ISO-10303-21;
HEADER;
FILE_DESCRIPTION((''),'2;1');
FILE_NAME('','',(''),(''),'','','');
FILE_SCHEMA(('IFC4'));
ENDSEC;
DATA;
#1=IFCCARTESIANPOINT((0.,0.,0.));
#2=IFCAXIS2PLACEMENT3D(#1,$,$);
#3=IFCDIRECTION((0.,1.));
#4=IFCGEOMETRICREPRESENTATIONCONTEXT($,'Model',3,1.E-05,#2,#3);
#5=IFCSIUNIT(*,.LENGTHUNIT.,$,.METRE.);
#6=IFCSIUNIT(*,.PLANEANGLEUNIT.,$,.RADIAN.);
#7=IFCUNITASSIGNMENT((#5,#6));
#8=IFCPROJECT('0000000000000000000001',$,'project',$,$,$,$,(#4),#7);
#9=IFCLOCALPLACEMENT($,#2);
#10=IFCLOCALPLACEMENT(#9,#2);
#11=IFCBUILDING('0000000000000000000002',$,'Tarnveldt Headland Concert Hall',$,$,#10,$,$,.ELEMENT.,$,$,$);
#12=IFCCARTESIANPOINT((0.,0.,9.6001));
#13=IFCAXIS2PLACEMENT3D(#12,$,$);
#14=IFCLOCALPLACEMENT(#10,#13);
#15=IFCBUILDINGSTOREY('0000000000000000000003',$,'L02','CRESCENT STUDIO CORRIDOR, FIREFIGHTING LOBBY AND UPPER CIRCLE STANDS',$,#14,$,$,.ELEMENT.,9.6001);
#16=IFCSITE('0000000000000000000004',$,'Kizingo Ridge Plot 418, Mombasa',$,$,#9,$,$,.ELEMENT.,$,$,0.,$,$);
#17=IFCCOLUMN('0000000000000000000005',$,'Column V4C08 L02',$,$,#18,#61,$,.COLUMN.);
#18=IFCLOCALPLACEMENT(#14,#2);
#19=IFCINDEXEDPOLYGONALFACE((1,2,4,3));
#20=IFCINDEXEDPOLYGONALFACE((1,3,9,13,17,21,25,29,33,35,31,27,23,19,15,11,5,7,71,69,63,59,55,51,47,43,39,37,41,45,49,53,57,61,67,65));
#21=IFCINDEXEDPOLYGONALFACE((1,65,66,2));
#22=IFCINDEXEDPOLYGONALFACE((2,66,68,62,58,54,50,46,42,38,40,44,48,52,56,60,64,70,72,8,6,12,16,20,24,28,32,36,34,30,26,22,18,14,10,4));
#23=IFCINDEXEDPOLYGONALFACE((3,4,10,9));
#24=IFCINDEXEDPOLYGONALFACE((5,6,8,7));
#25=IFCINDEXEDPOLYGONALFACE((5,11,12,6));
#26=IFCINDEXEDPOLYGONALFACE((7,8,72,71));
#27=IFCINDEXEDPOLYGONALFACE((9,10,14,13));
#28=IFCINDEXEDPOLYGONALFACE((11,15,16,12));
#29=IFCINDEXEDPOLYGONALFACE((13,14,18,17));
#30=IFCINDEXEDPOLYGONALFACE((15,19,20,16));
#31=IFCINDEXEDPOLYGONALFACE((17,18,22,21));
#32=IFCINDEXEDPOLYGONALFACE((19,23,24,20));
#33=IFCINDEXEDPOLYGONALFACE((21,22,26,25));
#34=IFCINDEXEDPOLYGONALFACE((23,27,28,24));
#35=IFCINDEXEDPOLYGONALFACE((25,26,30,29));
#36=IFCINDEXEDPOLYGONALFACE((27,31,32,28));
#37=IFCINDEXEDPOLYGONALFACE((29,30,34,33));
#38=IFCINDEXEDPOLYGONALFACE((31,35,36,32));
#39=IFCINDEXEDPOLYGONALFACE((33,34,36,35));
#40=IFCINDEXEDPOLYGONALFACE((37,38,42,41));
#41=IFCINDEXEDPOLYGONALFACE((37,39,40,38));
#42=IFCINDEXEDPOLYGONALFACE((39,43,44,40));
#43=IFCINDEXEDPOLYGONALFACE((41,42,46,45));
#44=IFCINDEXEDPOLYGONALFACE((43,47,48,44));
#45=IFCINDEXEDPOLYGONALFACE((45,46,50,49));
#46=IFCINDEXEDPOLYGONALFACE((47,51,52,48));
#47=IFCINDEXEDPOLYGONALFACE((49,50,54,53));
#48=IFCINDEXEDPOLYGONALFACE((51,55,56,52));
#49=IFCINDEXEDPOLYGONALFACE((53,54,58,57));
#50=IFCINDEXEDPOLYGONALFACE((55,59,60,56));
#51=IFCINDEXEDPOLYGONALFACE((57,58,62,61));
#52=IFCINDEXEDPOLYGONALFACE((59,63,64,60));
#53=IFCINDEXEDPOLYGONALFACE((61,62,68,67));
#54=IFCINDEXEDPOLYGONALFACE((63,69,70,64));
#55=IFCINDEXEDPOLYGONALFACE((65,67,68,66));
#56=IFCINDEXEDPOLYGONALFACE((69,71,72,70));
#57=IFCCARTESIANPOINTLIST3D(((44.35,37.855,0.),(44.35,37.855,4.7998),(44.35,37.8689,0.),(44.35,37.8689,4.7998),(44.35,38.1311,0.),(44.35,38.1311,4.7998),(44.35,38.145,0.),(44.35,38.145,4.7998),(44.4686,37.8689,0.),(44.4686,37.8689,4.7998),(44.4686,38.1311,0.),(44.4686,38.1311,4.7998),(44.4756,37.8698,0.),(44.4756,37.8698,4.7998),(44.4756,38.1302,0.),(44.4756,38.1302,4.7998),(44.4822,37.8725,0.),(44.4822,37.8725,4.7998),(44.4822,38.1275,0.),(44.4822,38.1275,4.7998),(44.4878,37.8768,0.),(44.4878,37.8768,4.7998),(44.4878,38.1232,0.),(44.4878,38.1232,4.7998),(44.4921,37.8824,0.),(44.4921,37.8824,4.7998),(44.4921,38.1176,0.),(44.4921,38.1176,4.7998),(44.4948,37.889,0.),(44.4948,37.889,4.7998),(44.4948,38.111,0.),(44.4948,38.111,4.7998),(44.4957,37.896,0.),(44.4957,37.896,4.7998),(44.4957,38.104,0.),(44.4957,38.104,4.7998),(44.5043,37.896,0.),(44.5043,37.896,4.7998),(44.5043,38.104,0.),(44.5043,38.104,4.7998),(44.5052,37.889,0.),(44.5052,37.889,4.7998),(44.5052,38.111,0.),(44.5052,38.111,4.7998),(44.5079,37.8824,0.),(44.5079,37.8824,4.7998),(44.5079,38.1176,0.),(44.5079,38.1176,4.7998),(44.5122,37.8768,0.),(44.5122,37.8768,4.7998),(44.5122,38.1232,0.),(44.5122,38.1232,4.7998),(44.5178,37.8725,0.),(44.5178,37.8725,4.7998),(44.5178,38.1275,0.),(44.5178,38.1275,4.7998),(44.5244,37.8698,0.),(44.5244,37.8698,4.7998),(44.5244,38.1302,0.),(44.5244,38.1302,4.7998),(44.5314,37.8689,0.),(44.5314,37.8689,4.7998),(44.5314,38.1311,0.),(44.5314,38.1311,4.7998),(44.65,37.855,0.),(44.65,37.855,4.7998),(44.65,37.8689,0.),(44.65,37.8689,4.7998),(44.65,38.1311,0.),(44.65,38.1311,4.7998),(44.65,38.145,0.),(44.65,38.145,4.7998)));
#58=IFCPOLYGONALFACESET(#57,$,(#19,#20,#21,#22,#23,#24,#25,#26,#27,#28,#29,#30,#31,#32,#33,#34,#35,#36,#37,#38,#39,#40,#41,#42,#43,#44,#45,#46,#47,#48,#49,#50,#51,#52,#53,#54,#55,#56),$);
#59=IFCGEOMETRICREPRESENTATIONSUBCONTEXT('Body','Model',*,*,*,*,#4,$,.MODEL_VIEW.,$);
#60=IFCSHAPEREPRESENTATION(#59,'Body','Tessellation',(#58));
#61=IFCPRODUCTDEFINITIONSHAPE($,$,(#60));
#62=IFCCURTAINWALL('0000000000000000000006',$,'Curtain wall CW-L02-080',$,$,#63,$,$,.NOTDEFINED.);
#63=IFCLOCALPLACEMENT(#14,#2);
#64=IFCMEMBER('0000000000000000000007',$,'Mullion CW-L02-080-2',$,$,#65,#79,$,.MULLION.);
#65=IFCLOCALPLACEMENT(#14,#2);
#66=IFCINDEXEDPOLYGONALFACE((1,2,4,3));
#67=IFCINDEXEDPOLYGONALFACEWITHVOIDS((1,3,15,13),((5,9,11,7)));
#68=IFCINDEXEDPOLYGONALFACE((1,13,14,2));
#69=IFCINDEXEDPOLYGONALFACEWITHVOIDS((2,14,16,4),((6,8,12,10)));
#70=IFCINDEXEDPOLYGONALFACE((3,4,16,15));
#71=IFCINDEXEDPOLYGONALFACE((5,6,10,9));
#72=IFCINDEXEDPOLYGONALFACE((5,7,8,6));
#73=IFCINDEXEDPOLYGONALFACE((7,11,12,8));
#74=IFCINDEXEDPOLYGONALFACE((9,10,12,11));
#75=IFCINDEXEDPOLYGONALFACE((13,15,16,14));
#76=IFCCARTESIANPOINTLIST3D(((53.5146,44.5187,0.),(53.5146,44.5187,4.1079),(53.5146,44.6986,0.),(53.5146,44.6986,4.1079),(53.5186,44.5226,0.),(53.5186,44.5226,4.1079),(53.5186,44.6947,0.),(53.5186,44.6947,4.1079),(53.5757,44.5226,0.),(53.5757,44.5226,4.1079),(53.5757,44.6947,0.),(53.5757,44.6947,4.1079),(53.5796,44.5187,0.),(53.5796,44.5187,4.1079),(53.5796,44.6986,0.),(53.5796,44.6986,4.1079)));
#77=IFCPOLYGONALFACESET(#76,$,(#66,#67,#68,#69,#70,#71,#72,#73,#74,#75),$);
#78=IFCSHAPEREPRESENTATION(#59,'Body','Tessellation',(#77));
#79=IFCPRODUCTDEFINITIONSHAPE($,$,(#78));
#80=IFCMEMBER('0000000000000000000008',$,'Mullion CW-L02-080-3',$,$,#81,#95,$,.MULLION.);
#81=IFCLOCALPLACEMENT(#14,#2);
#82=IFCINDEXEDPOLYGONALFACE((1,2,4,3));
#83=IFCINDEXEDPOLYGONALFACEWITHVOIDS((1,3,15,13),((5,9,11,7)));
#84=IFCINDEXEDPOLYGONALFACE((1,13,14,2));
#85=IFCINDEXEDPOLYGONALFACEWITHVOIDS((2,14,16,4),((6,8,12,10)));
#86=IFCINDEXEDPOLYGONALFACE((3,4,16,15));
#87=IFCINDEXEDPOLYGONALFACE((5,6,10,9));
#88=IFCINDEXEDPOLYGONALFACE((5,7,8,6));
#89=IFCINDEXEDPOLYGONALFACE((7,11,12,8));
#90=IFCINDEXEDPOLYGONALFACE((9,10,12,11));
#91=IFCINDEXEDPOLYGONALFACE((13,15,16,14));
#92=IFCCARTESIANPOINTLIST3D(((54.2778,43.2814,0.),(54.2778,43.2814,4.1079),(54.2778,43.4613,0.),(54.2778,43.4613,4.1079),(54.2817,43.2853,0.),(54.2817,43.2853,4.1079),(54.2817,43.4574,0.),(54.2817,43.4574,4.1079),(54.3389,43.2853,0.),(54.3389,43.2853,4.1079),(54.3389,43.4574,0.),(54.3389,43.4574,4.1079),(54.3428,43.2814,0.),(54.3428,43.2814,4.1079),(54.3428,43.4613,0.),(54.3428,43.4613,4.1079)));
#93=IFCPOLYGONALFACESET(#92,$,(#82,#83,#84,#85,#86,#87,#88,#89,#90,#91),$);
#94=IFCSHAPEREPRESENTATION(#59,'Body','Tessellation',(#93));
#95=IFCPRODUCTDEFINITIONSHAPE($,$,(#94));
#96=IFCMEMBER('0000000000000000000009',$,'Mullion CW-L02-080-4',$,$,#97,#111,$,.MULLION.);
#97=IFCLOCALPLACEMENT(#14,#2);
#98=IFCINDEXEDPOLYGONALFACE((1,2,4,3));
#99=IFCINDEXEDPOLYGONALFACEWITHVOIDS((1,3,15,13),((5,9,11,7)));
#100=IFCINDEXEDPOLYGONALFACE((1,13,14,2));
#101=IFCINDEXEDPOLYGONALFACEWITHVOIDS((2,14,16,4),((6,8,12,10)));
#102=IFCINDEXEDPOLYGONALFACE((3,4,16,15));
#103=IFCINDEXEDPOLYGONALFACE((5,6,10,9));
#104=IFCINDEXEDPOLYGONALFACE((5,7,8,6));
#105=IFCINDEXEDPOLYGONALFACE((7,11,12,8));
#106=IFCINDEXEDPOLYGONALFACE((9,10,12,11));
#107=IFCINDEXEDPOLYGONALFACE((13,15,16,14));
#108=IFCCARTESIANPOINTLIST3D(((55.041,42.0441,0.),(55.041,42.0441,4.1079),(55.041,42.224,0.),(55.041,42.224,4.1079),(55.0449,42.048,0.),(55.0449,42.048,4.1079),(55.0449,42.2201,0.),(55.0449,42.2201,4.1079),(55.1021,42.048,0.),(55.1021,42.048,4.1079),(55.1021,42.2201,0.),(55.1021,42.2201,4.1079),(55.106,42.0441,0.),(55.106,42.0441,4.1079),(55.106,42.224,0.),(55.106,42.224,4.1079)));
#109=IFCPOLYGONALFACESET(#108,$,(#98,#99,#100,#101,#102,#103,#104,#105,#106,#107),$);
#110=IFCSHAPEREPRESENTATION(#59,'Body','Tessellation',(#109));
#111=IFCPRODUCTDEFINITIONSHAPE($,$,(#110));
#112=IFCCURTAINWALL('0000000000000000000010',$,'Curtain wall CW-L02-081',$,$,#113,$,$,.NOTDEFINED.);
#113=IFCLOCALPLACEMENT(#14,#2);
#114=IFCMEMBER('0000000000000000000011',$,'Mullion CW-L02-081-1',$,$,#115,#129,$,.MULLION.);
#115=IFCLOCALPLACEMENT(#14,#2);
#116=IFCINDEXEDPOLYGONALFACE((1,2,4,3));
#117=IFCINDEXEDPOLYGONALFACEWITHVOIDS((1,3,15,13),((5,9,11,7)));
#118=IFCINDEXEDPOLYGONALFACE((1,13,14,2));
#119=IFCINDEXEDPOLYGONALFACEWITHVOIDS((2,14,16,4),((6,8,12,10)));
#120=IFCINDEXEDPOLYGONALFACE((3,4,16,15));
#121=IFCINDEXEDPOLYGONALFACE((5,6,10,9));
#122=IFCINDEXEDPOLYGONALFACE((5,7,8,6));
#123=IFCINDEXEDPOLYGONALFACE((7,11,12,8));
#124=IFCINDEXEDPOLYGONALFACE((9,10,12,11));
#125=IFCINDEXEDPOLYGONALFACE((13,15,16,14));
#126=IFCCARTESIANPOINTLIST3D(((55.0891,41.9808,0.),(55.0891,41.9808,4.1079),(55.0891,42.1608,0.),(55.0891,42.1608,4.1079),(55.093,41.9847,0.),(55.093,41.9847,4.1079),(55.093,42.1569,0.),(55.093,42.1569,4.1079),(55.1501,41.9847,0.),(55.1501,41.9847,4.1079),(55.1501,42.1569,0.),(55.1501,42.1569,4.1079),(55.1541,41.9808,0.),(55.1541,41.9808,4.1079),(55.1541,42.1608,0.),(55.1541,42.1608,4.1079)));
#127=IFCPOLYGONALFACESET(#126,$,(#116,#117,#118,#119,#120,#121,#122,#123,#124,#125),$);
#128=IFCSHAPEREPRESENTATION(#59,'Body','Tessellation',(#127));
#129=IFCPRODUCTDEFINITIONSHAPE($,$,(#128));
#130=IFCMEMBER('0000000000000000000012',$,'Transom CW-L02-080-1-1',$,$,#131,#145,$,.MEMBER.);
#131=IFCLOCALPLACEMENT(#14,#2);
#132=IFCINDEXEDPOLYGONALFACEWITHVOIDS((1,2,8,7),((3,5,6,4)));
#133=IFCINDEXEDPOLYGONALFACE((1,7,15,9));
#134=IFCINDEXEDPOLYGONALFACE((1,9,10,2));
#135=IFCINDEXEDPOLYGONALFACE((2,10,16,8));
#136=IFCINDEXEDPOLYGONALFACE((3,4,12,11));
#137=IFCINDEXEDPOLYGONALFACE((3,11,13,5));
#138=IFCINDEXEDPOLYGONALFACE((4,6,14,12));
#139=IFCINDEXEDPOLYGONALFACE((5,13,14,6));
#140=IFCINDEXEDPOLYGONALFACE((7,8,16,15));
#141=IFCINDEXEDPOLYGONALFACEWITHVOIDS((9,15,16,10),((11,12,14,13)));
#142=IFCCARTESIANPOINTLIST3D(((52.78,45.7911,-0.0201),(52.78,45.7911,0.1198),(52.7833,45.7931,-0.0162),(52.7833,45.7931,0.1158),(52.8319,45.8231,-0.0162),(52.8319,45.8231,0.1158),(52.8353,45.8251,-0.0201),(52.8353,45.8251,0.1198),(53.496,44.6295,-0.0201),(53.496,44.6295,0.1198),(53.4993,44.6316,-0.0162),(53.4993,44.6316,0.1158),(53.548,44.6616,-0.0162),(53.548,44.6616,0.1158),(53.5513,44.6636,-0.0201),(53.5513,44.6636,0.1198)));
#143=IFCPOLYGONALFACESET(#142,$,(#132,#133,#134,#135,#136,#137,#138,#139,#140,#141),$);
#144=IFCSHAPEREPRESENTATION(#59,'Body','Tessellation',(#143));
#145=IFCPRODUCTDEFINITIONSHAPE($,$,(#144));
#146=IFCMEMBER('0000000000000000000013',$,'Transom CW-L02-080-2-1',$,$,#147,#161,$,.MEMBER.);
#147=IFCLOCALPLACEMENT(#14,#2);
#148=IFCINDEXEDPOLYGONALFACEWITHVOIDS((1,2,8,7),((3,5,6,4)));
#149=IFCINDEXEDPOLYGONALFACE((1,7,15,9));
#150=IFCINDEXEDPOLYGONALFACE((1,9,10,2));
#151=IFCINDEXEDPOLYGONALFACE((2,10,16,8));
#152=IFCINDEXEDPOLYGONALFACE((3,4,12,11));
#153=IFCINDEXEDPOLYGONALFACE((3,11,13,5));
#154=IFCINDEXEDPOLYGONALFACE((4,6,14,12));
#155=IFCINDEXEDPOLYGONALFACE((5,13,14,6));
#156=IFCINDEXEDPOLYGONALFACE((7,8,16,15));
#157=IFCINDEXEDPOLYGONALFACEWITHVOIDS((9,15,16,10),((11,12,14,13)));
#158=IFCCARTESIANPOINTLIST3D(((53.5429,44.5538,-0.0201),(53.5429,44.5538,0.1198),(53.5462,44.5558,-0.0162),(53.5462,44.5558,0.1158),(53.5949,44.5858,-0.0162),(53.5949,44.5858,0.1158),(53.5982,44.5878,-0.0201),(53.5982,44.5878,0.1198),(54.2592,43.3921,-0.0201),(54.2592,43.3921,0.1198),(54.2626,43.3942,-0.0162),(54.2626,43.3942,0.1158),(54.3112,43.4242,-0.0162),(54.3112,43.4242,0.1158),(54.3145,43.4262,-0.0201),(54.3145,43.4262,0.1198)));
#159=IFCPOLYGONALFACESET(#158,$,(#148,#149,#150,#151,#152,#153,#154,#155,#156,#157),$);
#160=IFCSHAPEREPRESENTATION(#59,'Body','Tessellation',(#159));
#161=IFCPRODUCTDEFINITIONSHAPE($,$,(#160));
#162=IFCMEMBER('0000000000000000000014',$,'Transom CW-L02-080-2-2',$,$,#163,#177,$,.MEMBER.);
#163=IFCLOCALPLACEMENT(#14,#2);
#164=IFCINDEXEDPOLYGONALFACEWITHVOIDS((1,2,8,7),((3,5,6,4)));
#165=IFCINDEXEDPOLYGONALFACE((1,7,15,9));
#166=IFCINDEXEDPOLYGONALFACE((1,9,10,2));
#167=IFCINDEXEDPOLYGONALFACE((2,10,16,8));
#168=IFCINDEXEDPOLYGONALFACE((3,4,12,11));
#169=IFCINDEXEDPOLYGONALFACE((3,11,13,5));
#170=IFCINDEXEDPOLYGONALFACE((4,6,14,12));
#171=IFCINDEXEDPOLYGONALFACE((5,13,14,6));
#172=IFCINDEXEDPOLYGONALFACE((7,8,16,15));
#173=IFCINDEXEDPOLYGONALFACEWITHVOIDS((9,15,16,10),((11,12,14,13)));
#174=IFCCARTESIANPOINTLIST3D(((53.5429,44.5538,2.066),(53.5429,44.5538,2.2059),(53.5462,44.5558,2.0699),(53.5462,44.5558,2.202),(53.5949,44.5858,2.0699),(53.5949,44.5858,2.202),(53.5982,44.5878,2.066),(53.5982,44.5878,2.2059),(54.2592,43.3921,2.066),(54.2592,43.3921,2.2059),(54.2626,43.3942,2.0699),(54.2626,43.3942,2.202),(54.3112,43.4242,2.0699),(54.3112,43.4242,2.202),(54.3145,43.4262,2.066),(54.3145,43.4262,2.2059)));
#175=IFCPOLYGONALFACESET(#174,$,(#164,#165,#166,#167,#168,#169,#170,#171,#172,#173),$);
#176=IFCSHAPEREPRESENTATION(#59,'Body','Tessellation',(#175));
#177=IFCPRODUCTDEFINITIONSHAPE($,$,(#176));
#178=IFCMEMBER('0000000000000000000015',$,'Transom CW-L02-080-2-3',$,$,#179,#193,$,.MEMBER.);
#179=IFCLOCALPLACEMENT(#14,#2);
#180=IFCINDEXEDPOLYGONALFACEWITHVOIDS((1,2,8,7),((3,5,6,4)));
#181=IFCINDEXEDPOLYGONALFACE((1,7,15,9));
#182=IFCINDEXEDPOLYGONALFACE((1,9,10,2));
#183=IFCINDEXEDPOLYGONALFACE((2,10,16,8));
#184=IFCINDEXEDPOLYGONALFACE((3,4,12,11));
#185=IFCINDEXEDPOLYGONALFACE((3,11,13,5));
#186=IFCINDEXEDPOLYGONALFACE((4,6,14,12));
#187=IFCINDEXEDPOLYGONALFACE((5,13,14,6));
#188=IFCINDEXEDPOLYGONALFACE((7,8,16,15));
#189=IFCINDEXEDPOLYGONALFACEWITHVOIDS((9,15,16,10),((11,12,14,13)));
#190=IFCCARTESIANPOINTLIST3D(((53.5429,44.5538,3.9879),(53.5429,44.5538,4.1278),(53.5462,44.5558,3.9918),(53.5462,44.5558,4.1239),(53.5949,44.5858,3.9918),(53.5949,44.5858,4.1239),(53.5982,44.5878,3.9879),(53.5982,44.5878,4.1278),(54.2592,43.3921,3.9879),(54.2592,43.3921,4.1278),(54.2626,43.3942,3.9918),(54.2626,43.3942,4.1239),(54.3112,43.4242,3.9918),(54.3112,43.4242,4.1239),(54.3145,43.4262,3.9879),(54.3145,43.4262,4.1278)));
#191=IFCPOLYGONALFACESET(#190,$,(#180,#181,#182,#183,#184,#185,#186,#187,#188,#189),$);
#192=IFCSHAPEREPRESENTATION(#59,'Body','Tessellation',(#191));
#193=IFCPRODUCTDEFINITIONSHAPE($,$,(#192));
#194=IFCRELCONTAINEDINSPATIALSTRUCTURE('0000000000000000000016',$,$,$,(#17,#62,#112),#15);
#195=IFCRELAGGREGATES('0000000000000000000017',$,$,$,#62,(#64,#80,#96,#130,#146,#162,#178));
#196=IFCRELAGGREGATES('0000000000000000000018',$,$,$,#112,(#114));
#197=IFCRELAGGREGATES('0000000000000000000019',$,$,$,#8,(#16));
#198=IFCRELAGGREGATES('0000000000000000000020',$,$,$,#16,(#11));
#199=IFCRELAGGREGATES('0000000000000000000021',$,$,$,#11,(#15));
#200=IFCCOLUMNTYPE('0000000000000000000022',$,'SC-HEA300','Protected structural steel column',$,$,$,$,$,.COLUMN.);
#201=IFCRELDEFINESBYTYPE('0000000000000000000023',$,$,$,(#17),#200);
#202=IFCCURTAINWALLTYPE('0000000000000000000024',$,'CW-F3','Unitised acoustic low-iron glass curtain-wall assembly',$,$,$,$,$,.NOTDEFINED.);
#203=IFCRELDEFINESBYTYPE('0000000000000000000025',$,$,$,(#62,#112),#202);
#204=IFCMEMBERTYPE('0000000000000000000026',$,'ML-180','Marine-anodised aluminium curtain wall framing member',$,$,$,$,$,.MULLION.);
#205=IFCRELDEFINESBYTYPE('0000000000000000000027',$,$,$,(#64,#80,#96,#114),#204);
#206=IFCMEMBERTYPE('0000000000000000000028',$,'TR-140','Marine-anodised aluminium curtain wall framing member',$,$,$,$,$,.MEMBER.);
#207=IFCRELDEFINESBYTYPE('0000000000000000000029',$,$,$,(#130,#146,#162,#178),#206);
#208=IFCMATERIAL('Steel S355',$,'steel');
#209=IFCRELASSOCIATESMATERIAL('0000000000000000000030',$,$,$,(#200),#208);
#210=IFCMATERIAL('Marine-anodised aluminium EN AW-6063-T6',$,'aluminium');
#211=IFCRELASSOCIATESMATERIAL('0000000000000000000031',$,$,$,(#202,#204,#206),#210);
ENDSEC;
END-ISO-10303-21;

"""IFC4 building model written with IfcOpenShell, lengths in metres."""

from ifc_helpers import new_model, si_unit, direction, frame, origin, origin_2d, place, context, subcontext, project, spatial, hollow_rectangle, i_section, extrude, material, material_profile, profile_set, type_object, element, aggregate, save


model = new_model("IFC4")

# Units and contexts
model_context = context("Model", 3, precision=1e-05, world=origin(), true_north=direction((0.0, 1.0)))
body_context = subcontext(model_context, "Body", "Model", "MODEL_VIEW")
ifc_project = project(units=[si_unit("LENGTHUNIT", "METRE"), si_unit("PLANEANGLEUNIT", "RADIAN")], contexts=[model_context])

# Site, building, storey
site_placement = place(None, origin())
site = spatial("IfcSite", under=ifc_project, at=site_placement, Name="Kizingo Ridge Plot 418, Mombasa", CompositionType="ELEMENT", RefElevation=0.0)
building_placement = place(site_placement, origin())
building = spatial("IfcBuilding", under=site, at=building_placement, Name="Tarnveldt Headland Concert Hall", CompositionType="ELEMENT")
storey_placement = place(building_placement, frame((0.0, 0.0, 9.6001)))
storey = spatial("IfcBuildingStorey", under=building, at=storey_placement, Name="L02", Description="CRESCENT STUDIO CORRIDOR, FIREFIGHTING LOBBY AND UPPER CIRCLE STANDS", CompositionType="ELEMENT", Elevation=9.6001)

# Column
ifc_material_1 = material(Name="Steel S355", Category="steel")
ifc_material_profile_1 = material_profile(ifc_material_1, i_section(OverallWidth=0.3, OverallDepth=0.29, WebThickness=0.0085, FlangeThickness=0.0139, FilletRadius=0.0271, at=origin_2d()), Name="HEA300", Category="steel")
ifc_profile_set_1 = profile_set([ifc_material_profile_1], Name="Steel S355")
column_type = type_object("IfcColumnType", Name="SC-HEA300", Description="Protected structural steel column", PredefinedType="COLUMN", material=ifc_profile_set_1)
column_placement = place(storey_placement, frame((44.5, 38.0, 0.0), z_axis=(0.0, 0.0, 1.0), x_axis=(1.0, 0.0, 0.0)))
element("IfcColumn", 1, at=column_placement, inside=storey, type_object=column_type, Name="Column V4C08 L02", PredefinedType="COLUMN", context=body_context, shape_type="SweptSolid", body=[
    extrude(i_section(OverallWidth=0.3, OverallDepth=0.29, WebThickness=0.0085, FlangeThickness=0.0139, FilletRadius=0.0271, at=origin_2d()), origin(), (0.0, 0.0, 1.0), 4.7998),
])

# Curtain wall, members
ifc_material_2 = material(Name="Marine-anodised aluminium EN AW-6063-T6", Category="aluminium")
curtain_wall_type = type_object("IfcCurtainWallType", Name="CW-F3", Description="Unitised acoustic low-iron glass curtain-wall assembly", PredefinedType="NOTDEFINED", material=ifc_material_2)
curtain_wall_1_placement = place(storey_placement, origin())
curtain_wall_1 = element("IfcCurtainWall", 2, at=curtain_wall_1_placement, inside=storey, type_object=curtain_wall_type, Name="Curtain wall CW-L02-080", PredefinedType="NOTDEFINED")
ifc_material_profile_2 = material_profile(ifc_material_2, hollow_rectangle(XDim=0.0649, YDim=0.1799, WallThickness=0.0039, at=origin_2d()), Name="ALU MULLION 65x180x4", Category="aluminium")
ifc_profile_set_2 = profile_set([ifc_material_profile_2], Name="Marine-anodised aluminium EN AW-6063-T6")
member_type_1 = type_object("IfcMemberType", Name="ML-180", Description="Marine-anodised aluminium curtain wall framing member", PredefinedType="MULLION", material=ifc_profile_set_2)
member_1_placement = place(storey_placement, frame((53.5471, 44.6086, 0.0), z_axis=(0.0, 0.0, 1.0), x_axis=(1.0, 0.0, 0.0)))
member_1 = element("IfcMember", 3, at=member_1_placement, type_object=member_type_1, Name="Mullion CW-L02-080-2", PredefinedType="MULLION", context=body_context, shape_type="SweptSolid", body=[
    extrude(hollow_rectangle(XDim=0.0649, YDim=0.1799, WallThickness=0.0039, at=origin_2d()), origin(), (0.0, 0.0, 1.0), 4.1079),
])
member_2_placement = place(storey_placement, frame((54.3103, 43.3713, 0.0), z_axis=(0.0, 0.0, 1.0), x_axis=(1.0, 0.0, 0.0)))
member_2 = element("IfcMember", 4, at=member_2_placement, type_object=member_type_1, Name="Mullion CW-L02-080-3", PredefinedType="MULLION", context=body_context, shape_type="SweptSolid", body=[
    extrude(hollow_rectangle(XDim=0.0649, YDim=0.1799, WallThickness=0.0039, at=origin_2d()), origin(), (0.0, 0.0, 1.0), 4.1079),
])
member_3_placement = place(storey_placement, frame((55.0735, 42.134, 0.0), z_axis=(0.0, 0.0, 1.0), x_axis=(1.0, 0.0, 0.0)))
member_3 = element("IfcMember", 5, at=member_3_placement, type_object=member_type_1, Name="Mullion CW-L02-080-4", PredefinedType="MULLION", context=body_context, shape_type="SweptSolid", body=[
    extrude(hollow_rectangle(XDim=0.0649, YDim=0.1799, WallThickness=0.0039, at=origin_2d()), origin(), (0.0, 0.0, 1.0), 4.1079),
])

# Curtain wall, member
curtain_wall_2_placement = place(storey_placement, origin())
curtain_wall_2 = element("IfcCurtainWall", 6, at=curtain_wall_2_placement, inside=storey, type_object=curtain_wall_type, Name="Curtain wall CW-L02-081", PredefinedType="NOTDEFINED")
member_4_placement = place(storey_placement, frame((55.1216, 42.0708, 0.0), z_axis=(0.0, 0.0, 1.0), x_axis=(1.0, 0.0, 0.0)))
member_4 = element("IfcMember", 7, at=member_4_placement, type_object=member_type_1, Name="Mullion CW-L02-081-1", PredefinedType="MULLION", context=body_context, shape_type="SweptSolid", body=[
    extrude(hollow_rectangle(XDim=0.0649, YDim=0.1799, WallThickness=0.0039, at=origin_2d()), origin(), (0.0, 0.0, 1.0), 4.1079),
])

# Members
ifc_material_profile_3 = material_profile(ifc_material_2, hollow_rectangle(XDim=0.0649, YDim=0.1399, WallThickness=0.0039, at=origin_2d()), Name="ALU TRANSOM 65x140x4", Category="aluminium")
ifc_profile_set_3 = profile_set([ifc_material_profile_3], Name="Marine-anodised aluminium EN AW-6063-T6")
member_type_2 = type_object("IfcMemberType", Name="TR-140", Description="Marine-anodised aluminium curtain wall framing member", PredefinedType="MEMBER", material=ifc_profile_set_3)
member_5_placement = place(storey_placement, frame((52.8076, 45.8081, 0.0498), z_axis=(0.524746, -0.851259, 0.0), x_axis=(0.851259, 0.524746, 0.0)))
member_5 = element("IfcMember", 8, at=member_5_placement, type_object=member_type_2, Name="Transom CW-L02-080-1-1", PredefinedType="MEMBER", context=body_context, shape_type="SweptSolid", body=[
    extrude(hollow_rectangle(XDim=0.0649, YDim=0.1399, WallThickness=0.0039, at=origin_2d()), origin(), (0.0, 0.0, 1.0), 1.3645),
])
member_6_placement = place(storey_placement, frame((53.5706, 44.5708, 0.0498), z_axis=(0.524876, -0.851179, 0.0), x_axis=(0.851179, 0.524876, 0.0)))
member_6 = element("IfcMember", 9, at=member_6_placement, type_object=member_type_2, Name="Transom CW-L02-080-2-1", PredefinedType="MEMBER", context=body_context, shape_type="SweptSolid", body=[
    extrude(hollow_rectangle(XDim=0.0649, YDim=0.1399, WallThickness=0.0039, at=origin_2d()), origin(), (0.0, 0.0, 1.0), 1.3647),
])
member_7_placement = place(storey_placement, frame((53.5706, 44.5708, 2.136), z_axis=(0.524876, -0.851179, 0.0), x_axis=(0.851179, 0.524876, 0.0)))
member_7 = element("IfcMember", 10, at=member_7_placement, type_object=member_type_2, Name="Transom CW-L02-080-2-2", PredefinedType="MEMBER", context=body_context, shape_type="SweptSolid", body=[
    extrude(hollow_rectangle(XDim=0.0649, YDim=0.1399, WallThickness=0.0039, at=origin_2d()), origin(), (0.0, 0.0, 1.0), 1.3647),
])
member_8_placement = place(storey_placement, frame((53.5706, 44.5708, 4.0579), z_axis=(0.524876, -0.851179, 0.0), x_axis=(0.851179, 0.524876, 0.0)))
member_8 = element("IfcMember", 11, at=member_8_placement, type_object=member_type_2, Name="Transom CW-L02-080-2-3", PredefinedType="MEMBER", context=body_context, shape_type="SweptSolid", body=[
    extrude(hollow_rectangle(XDim=0.0649, YDim=0.1399, WallThickness=0.0039, at=origin_2d()), origin(), (0.0, 0.0, 1.0), 1.3647),
])

aggregate(curtain_wall_1, [member_1, member_2, member_3, member_5, member_6, member_7, member_8])
aggregate(curtain_wall_2, [member_4])

save(model, "model.ifc")
